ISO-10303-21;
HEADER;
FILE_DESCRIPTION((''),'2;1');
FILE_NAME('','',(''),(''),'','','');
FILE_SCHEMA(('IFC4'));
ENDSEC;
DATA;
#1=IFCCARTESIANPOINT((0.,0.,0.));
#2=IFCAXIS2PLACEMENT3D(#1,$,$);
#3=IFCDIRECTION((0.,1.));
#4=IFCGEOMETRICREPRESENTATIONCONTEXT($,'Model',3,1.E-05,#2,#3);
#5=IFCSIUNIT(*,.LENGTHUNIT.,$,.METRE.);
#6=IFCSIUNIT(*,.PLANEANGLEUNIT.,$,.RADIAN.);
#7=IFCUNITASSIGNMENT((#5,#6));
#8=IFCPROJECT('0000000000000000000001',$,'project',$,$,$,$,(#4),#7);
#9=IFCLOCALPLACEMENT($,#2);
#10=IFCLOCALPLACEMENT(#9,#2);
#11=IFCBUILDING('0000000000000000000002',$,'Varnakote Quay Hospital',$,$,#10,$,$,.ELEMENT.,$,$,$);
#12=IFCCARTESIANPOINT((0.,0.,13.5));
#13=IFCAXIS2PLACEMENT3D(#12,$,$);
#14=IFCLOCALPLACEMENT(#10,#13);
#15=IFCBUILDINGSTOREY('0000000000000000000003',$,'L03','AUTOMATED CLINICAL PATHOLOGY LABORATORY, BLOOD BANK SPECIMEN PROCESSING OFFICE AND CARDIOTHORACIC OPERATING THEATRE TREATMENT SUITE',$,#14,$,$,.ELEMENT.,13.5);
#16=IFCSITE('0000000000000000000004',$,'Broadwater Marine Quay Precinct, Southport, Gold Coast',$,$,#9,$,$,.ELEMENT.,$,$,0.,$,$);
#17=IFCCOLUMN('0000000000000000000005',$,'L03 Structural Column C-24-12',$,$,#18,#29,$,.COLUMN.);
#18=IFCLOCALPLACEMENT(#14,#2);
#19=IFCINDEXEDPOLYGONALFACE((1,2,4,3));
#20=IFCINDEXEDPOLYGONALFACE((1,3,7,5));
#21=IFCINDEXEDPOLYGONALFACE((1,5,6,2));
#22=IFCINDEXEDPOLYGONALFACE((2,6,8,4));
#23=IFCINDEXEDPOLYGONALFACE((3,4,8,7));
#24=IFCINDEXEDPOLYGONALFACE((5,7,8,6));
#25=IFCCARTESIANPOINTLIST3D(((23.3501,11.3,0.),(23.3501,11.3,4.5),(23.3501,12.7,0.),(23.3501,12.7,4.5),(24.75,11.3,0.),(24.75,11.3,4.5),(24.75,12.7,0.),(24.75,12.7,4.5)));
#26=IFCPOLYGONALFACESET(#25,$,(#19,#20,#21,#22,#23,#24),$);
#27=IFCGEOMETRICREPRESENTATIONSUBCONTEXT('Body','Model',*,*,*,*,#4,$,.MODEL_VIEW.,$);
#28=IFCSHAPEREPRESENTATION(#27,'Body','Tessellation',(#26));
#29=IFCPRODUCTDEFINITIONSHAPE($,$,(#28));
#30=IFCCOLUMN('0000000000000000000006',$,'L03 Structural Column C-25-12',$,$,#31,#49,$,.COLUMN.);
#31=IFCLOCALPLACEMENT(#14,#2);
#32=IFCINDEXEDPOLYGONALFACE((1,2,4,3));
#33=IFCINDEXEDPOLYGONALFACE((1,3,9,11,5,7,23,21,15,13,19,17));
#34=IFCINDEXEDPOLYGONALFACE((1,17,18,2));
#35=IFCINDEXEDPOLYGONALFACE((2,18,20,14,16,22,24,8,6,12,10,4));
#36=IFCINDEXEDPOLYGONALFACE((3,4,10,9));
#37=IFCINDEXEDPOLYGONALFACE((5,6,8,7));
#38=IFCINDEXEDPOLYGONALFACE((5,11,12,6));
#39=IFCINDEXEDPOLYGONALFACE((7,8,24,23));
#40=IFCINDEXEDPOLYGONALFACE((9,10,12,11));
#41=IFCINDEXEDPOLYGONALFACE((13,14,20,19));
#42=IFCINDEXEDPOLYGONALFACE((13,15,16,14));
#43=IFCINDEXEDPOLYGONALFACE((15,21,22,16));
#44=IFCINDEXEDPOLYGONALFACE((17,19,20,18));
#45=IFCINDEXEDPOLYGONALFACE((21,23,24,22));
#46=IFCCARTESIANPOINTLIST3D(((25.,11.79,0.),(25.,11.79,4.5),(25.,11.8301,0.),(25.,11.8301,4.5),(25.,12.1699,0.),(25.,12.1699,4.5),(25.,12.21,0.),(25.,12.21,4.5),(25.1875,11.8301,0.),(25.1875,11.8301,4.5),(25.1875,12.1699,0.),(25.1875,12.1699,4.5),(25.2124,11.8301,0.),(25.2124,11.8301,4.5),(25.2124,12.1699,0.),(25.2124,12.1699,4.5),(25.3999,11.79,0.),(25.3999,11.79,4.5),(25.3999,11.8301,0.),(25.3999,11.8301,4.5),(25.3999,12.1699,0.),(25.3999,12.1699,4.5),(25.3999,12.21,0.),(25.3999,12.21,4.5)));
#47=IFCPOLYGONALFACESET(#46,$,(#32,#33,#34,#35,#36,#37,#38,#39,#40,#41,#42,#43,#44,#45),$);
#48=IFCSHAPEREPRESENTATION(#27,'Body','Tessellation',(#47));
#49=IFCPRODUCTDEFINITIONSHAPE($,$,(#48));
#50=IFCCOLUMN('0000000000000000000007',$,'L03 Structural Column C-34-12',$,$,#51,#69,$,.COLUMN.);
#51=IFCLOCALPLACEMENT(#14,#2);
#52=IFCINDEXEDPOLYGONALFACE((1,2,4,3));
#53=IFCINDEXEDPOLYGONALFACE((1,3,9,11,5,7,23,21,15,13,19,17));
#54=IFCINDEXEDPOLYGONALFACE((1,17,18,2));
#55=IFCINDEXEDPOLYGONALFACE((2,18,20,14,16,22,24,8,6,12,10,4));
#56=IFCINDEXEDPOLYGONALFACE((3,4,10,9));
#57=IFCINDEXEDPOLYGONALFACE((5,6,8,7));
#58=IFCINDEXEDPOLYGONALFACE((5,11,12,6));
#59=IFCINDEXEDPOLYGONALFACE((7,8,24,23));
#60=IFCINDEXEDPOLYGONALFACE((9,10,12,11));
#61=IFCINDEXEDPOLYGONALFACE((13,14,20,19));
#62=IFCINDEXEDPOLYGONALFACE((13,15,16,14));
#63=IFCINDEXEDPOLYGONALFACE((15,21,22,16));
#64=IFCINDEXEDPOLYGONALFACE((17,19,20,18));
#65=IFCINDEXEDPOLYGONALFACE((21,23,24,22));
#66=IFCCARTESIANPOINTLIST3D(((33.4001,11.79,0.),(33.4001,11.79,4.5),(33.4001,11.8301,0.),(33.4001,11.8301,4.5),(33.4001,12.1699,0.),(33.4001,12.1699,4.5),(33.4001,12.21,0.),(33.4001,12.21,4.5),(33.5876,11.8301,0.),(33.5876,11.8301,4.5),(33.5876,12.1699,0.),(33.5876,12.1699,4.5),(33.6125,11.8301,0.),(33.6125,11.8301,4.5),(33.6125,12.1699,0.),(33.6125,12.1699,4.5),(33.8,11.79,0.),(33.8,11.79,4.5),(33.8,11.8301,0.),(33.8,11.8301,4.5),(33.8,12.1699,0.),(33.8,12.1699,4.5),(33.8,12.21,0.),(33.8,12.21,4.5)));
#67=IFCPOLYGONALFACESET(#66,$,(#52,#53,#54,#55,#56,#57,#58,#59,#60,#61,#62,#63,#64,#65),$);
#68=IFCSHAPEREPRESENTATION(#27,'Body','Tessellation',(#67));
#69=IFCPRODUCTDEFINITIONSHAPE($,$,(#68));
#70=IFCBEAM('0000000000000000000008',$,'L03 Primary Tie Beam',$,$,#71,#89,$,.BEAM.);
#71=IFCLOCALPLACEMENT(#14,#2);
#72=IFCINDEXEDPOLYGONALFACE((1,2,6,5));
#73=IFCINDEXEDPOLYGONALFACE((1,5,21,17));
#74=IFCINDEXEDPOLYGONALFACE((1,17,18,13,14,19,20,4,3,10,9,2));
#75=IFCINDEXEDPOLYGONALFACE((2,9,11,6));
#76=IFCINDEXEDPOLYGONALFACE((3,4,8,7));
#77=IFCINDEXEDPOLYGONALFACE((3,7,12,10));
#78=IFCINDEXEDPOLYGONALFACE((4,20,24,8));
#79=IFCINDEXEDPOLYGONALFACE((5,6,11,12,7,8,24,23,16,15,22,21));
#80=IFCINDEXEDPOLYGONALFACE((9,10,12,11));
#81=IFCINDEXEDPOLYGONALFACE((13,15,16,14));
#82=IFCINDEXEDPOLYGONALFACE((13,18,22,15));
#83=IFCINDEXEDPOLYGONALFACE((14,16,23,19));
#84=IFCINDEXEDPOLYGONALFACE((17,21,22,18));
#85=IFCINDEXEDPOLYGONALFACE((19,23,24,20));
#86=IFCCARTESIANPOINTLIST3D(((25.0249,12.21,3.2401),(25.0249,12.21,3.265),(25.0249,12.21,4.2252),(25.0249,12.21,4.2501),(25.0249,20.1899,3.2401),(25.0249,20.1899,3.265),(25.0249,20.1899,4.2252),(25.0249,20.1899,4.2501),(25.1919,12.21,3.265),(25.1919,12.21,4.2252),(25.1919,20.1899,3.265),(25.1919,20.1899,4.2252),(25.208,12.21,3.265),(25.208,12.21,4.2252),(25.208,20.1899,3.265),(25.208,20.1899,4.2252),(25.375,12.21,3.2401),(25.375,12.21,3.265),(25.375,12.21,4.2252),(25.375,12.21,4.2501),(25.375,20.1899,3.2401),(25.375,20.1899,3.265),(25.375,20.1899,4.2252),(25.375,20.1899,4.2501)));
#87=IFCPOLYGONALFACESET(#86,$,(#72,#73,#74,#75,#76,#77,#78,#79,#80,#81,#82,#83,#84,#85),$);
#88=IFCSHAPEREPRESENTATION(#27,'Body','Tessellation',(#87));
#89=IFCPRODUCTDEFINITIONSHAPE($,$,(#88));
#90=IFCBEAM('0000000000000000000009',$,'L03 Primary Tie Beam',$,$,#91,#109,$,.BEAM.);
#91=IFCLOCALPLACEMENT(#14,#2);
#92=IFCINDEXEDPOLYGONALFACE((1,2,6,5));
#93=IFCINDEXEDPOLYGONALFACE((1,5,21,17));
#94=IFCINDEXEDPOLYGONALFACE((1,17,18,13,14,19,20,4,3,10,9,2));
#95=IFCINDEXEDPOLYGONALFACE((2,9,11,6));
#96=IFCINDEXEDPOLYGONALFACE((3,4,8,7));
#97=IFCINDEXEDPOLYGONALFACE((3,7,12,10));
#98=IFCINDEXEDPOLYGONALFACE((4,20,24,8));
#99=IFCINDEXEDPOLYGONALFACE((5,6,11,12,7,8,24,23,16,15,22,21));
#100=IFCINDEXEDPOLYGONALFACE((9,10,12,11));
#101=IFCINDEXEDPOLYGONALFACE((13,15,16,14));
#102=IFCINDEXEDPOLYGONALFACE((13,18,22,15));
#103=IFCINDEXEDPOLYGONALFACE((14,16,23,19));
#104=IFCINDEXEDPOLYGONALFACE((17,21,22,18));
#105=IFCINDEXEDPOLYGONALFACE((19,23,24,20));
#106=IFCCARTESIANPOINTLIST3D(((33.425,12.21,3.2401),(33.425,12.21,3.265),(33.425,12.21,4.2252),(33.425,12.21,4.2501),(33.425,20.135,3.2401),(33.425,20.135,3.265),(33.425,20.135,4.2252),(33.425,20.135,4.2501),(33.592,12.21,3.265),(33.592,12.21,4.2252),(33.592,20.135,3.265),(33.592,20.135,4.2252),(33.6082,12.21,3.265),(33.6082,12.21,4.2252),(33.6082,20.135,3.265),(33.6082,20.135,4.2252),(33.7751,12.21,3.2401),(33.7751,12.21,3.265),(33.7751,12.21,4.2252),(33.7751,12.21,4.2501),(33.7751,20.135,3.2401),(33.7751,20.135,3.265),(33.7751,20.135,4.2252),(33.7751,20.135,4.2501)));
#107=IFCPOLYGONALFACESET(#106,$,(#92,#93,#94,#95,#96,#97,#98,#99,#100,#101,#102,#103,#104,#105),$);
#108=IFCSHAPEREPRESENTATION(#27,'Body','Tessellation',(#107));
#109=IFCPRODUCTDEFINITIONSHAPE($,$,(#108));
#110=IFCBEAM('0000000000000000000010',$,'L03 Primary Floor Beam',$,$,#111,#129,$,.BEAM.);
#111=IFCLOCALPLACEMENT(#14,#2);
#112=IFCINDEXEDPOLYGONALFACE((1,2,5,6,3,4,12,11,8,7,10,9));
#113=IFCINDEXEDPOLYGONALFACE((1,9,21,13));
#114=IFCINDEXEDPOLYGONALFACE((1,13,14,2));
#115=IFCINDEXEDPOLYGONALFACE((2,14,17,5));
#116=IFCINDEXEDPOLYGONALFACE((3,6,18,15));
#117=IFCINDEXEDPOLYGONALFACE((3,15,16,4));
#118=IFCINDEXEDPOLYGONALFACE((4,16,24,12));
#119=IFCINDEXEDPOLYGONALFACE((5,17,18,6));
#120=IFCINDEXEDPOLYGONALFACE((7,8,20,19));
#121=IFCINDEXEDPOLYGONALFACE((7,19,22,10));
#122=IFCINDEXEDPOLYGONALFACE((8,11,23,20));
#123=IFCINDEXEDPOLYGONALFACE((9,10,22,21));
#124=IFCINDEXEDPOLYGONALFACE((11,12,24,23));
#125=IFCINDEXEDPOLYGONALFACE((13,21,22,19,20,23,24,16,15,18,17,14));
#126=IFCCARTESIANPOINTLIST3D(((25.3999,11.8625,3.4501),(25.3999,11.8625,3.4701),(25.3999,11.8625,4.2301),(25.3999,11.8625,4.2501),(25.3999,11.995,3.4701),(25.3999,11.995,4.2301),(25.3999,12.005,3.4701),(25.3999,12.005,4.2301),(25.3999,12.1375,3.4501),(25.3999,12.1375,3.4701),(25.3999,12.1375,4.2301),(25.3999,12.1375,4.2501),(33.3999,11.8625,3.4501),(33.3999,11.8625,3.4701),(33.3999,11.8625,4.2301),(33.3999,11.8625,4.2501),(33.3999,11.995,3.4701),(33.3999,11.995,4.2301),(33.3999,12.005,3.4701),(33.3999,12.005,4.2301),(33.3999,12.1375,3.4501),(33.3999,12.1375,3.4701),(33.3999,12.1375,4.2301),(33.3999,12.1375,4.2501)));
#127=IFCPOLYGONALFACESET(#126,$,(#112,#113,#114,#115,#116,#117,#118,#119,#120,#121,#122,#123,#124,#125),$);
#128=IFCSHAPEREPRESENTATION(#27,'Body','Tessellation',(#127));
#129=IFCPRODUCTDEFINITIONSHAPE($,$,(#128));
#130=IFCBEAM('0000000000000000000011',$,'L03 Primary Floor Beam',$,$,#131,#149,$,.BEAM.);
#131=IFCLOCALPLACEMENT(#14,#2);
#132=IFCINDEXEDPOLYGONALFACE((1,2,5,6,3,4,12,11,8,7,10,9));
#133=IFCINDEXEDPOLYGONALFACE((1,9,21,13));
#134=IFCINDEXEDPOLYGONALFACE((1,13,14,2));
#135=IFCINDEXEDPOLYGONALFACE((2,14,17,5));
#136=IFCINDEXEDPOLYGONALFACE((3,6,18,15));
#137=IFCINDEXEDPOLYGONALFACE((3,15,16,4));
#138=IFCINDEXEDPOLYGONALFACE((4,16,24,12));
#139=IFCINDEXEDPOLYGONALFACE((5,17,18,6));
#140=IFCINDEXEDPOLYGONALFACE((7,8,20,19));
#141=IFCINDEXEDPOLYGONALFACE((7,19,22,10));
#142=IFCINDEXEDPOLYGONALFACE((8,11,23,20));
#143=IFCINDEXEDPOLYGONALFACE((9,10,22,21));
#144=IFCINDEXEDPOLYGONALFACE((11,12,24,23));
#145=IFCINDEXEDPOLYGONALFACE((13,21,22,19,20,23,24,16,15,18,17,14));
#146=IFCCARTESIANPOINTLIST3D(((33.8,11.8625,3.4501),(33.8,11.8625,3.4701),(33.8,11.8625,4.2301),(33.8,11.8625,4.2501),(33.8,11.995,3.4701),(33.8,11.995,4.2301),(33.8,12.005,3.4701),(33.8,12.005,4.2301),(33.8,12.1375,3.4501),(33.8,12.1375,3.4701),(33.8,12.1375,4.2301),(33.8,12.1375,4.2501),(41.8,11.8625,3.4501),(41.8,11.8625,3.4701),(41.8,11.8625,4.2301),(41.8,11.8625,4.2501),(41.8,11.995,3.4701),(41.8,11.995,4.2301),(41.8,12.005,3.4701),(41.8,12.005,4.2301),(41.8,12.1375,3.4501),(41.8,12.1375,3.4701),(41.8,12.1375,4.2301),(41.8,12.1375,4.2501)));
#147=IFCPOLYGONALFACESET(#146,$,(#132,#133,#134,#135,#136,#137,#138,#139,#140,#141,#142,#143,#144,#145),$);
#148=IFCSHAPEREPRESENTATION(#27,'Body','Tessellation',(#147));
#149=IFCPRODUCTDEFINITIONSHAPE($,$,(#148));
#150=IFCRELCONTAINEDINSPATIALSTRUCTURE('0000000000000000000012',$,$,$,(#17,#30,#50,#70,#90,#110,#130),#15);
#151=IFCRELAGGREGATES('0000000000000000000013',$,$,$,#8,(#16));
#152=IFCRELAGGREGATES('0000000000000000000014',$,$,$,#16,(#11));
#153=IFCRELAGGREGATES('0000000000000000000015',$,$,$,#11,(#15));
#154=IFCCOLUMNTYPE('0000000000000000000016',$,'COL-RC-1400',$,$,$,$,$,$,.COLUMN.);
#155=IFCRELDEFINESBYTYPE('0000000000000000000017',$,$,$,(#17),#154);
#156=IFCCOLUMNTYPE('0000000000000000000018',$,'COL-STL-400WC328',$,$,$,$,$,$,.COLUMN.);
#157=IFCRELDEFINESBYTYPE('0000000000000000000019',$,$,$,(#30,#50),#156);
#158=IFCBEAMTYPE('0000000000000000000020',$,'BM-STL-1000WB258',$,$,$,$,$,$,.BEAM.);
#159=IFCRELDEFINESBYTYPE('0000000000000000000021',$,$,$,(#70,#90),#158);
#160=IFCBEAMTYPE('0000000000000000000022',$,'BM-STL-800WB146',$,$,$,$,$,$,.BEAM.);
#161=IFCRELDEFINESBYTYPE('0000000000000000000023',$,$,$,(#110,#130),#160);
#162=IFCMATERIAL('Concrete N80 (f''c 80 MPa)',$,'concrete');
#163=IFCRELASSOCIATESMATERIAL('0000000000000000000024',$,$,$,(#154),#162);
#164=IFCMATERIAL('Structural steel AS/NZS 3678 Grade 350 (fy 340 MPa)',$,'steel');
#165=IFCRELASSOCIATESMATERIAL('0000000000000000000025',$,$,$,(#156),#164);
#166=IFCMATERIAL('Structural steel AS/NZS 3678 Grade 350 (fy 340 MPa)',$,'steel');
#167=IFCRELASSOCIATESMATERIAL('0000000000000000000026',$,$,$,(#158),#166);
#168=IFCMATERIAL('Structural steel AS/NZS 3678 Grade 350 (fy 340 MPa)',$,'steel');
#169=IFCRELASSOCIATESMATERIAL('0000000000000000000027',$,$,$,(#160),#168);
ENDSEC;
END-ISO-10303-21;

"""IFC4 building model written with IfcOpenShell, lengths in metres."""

from ifc_helpers import new_model, si_unit, direction, frame, origin, origin_2d, place, context, subcontext, project, spatial, rectangle, i_section, extrude, material, material_profile, profile_set, type_object, element, save


model = new_model("IFC4")

# Units and contexts
model_context = context("Model", 3, precision=1e-05, world=origin(), true_north=direction((0.0, 1.0)))
body_context = subcontext(model_context, "Body", "Model", "MODEL_VIEW")
ifc_project = project(units=[si_unit("LENGTHUNIT", "METRE"), si_unit("PLANEANGLEUNIT", "RADIAN")], contexts=[model_context])

# Site, building, storey
site_placement = place(None, origin())
site = spatial("IfcSite", under=ifc_project, at=site_placement, Name="Broadwater Marine Quay Precinct, Southport, Gold Coast", CompositionType="ELEMENT", RefElevation=0.0)
building_placement = place(site_placement, origin())
building = spatial("IfcBuilding", under=site, at=building_placement, Name="Varnakote Quay Hospital", CompositionType="ELEMENT")
storey_placement = place(building_placement, frame((0.0, 0.0, 13.5)))
storey = spatial("IfcBuildingStorey", under=building, at=storey_placement, Name="L03", Description="AUTOMATED CLINICAL PATHOLOGY LABORATORY, BLOOD BANK SPECIMEN PROCESSING OFFICE AND CARDIOTHORACIC OPERATING THEATRE TREATMENT SUITE", CompositionType="ELEMENT", Elevation=13.5)

# Columns
ifc_material_1 = material(Name="Concrete N80 (f'c 80 MPa)", Category="concrete")
ifc_material_profile_1 = material_profile(ifc_material_1, rectangle(XDim=1.3999, YDim=1.3999, at=origin_2d()), Name="RC-COL-1400x1400")
ifc_profile_set_1 = profile_set([ifc_material_profile_1], Name="Concrete N80 (f'c 80 MPa)")
column_type_1 = type_object("IfcColumnType", Name="COL-RC-1400", PredefinedType="COLUMN", material=ifc_profile_set_1)
column_placement = place(storey_placement, frame((24.05, 12.0, 0.0), z_axis=(0.0, 0.0, 1.0), x_axis=(1.0, 0.0, 0.0)))
element("IfcColumn", 1, at=column_placement, inside=storey, type_object=column_type_1, Name="L03 Structural Column C-24-12", PredefinedType="COLUMN", context=body_context, shape_type="SweptSolid", body=[
    extrude(rectangle(XDim=1.3999, YDim=1.3999, at=origin_2d()), origin(), (0.0, 0.0, 1.0), 4.5),
])
ifc_material_2 = material(Name="Structural steel AS/NZS 3678 Grade 350 (fy 340 MPa)", Category="steel")
ifc_material_profile_2 = material_profile(ifc_material_2, i_section(OverallWidth=0.3999, OverallDepth=0.4199, WebThickness=0.0249, FlangeThickness=0.04, at=origin_2d()), Name="400WC328")
ifc_profile_set_2 = profile_set([ifc_material_profile_2], Name="Structural steel AS/NZS 3678 Grade 350 (fy 340 MPa)")
column_type_2 = type_object("IfcColumnType", Name="COL-STL-400WC328", PredefinedType="COLUMN", material=ifc_profile_set_2)
for number, where, z_axis, x_axis, name in (
    (2, (25.2, 12.0, 0.0), (0.0, 0.0, 1.0), (1.0, 0.0, 0.0), "L03 Structural Column C-25-12"),
    (3, (33.6001, 12.0, 0.0), (0.0, 0.0, 1.0), (1.0, 0.0, 0.0), "L03 Structural Column C-34-12"),
):
    element("IfcColumn", number, at=place(storey_placement, frame(where, z_axis=z_axis, x_axis=x_axis)), inside=storey, type_object=column_type_2, Name=name, PredefinedType="COLUMN", context=body_context, shape_type="SweptSolid", body=[
        extrude(i_section(OverallWidth=0.3999, OverallDepth=0.4199, WebThickness=0.0249, FlangeThickness=0.04, at=origin_2d()), origin(), (0.0, 0.0, 1.0), 4.5),
    ])

# Beams
ifc_material_3 = material(Name="Structural steel AS/NZS 3678 Grade 350 (fy 340 MPa)", Category="steel")
ifc_material_profile_3 = material_profile(ifc_material_3, i_section(OverallWidth=0.3501, OverallDepth=1.01, WebThickness=0.0161, FlangeThickness=0.0249, at=origin_2d()), Name="1000WB258")
ifc_profile_set_3 = profile_set([ifc_material_profile_3], Name="Structural steel AS/NZS 3678 Grade 350 (fy 340 MPa)")
beam_type_1 = type_object("IfcBeamType", Name="BM-STL-1000WB258", PredefinedType="BEAM", material=ifc_profile_set_3)
beam_1_placement = place(storey_placement, frame((25.2, 12.21, 3.7451), z_axis=(0.0, 1.0, 0.0), x_axis=(-1.0, 0.0, 0.0)))
element("IfcBeam", 4, at=beam_1_placement, inside=storey, type_object=beam_type_1, Name="L03 Primary Tie Beam", PredefinedType="BEAM", context=body_context, shape_type="SweptSolid", body=[
    extrude(i_section(OverallWidth=0.3501, OverallDepth=1.01, WebThickness=0.0161, FlangeThickness=0.0249, at=origin_2d()), origin(), (0.0, 0.0, 1.0), 7.98),
])
beam_2_placement = place(storey_placement, frame((33.6001, 12.21, 3.7451), z_axis=(0.0, 1.0, 0.0), x_axis=(-1.0, 0.0, 0.0)))
element("IfcBeam", 5, at=beam_2_placement, inside=storey, type_object=beam_type_1, Name="L03 Primary Tie Beam", PredefinedType="BEAM", context=body_context, shape_type="SweptSolid", body=[
    extrude(i_section(OverallWidth=0.3501, OverallDepth=1.01, WebThickness=0.0161, FlangeThickness=0.0249, at=origin_2d()), origin(), (0.0, 0.0, 1.0), 7.925),
])
ifc_material_4 = material(Name="Structural steel AS/NZS 3678 Grade 350 (fy 340 MPa)", Category="steel")
ifc_material_profile_4 = material_profile(ifc_material_4, i_section(OverallWidth=0.2749, OverallDepth=0.8, WebThickness=0.01, FlangeThickness=0.02, at=origin_2d()), Name="800WB146")
ifc_profile_set_4 = profile_set([ifc_material_profile_4], Name="Structural steel AS/NZS 3678 Grade 350 (fy 340 MPa)")
beam_type_2 = type_object("IfcBeamType", Name="BM-STL-800WB146", PredefinedType="BEAM", material=ifc_profile_set_4)
for number, where, z_axis, x_axis, name in (
    (6, (25.3999, 12.0, 3.8501), (1.0, 0.0, 0.0), (0.0, 1.0, 0.0), "L03 Primary Floor Beam"),
    (7, (33.8, 12.0, 3.8501), (1.0, 0.0, 0.0), (0.0, 1.0, 0.0), "L03 Primary Floor Beam"),
):
    element("IfcBeam", number, at=place(storey_placement, frame(where, z_axis=z_axis, x_axis=x_axis)), inside=storey, type_object=beam_type_2, Name=name, PredefinedType="BEAM", context=body_context, shape_type="SweptSolid", body=[
        extrude(i_section(OverallWidth=0.2749, OverallDepth=0.8, WebThickness=0.01, FlangeThickness=0.02, at=origin_2d()), origin(), (0.0, 0.0, 1.0), 8.0),
    ])

save(model, "model.ifc")
